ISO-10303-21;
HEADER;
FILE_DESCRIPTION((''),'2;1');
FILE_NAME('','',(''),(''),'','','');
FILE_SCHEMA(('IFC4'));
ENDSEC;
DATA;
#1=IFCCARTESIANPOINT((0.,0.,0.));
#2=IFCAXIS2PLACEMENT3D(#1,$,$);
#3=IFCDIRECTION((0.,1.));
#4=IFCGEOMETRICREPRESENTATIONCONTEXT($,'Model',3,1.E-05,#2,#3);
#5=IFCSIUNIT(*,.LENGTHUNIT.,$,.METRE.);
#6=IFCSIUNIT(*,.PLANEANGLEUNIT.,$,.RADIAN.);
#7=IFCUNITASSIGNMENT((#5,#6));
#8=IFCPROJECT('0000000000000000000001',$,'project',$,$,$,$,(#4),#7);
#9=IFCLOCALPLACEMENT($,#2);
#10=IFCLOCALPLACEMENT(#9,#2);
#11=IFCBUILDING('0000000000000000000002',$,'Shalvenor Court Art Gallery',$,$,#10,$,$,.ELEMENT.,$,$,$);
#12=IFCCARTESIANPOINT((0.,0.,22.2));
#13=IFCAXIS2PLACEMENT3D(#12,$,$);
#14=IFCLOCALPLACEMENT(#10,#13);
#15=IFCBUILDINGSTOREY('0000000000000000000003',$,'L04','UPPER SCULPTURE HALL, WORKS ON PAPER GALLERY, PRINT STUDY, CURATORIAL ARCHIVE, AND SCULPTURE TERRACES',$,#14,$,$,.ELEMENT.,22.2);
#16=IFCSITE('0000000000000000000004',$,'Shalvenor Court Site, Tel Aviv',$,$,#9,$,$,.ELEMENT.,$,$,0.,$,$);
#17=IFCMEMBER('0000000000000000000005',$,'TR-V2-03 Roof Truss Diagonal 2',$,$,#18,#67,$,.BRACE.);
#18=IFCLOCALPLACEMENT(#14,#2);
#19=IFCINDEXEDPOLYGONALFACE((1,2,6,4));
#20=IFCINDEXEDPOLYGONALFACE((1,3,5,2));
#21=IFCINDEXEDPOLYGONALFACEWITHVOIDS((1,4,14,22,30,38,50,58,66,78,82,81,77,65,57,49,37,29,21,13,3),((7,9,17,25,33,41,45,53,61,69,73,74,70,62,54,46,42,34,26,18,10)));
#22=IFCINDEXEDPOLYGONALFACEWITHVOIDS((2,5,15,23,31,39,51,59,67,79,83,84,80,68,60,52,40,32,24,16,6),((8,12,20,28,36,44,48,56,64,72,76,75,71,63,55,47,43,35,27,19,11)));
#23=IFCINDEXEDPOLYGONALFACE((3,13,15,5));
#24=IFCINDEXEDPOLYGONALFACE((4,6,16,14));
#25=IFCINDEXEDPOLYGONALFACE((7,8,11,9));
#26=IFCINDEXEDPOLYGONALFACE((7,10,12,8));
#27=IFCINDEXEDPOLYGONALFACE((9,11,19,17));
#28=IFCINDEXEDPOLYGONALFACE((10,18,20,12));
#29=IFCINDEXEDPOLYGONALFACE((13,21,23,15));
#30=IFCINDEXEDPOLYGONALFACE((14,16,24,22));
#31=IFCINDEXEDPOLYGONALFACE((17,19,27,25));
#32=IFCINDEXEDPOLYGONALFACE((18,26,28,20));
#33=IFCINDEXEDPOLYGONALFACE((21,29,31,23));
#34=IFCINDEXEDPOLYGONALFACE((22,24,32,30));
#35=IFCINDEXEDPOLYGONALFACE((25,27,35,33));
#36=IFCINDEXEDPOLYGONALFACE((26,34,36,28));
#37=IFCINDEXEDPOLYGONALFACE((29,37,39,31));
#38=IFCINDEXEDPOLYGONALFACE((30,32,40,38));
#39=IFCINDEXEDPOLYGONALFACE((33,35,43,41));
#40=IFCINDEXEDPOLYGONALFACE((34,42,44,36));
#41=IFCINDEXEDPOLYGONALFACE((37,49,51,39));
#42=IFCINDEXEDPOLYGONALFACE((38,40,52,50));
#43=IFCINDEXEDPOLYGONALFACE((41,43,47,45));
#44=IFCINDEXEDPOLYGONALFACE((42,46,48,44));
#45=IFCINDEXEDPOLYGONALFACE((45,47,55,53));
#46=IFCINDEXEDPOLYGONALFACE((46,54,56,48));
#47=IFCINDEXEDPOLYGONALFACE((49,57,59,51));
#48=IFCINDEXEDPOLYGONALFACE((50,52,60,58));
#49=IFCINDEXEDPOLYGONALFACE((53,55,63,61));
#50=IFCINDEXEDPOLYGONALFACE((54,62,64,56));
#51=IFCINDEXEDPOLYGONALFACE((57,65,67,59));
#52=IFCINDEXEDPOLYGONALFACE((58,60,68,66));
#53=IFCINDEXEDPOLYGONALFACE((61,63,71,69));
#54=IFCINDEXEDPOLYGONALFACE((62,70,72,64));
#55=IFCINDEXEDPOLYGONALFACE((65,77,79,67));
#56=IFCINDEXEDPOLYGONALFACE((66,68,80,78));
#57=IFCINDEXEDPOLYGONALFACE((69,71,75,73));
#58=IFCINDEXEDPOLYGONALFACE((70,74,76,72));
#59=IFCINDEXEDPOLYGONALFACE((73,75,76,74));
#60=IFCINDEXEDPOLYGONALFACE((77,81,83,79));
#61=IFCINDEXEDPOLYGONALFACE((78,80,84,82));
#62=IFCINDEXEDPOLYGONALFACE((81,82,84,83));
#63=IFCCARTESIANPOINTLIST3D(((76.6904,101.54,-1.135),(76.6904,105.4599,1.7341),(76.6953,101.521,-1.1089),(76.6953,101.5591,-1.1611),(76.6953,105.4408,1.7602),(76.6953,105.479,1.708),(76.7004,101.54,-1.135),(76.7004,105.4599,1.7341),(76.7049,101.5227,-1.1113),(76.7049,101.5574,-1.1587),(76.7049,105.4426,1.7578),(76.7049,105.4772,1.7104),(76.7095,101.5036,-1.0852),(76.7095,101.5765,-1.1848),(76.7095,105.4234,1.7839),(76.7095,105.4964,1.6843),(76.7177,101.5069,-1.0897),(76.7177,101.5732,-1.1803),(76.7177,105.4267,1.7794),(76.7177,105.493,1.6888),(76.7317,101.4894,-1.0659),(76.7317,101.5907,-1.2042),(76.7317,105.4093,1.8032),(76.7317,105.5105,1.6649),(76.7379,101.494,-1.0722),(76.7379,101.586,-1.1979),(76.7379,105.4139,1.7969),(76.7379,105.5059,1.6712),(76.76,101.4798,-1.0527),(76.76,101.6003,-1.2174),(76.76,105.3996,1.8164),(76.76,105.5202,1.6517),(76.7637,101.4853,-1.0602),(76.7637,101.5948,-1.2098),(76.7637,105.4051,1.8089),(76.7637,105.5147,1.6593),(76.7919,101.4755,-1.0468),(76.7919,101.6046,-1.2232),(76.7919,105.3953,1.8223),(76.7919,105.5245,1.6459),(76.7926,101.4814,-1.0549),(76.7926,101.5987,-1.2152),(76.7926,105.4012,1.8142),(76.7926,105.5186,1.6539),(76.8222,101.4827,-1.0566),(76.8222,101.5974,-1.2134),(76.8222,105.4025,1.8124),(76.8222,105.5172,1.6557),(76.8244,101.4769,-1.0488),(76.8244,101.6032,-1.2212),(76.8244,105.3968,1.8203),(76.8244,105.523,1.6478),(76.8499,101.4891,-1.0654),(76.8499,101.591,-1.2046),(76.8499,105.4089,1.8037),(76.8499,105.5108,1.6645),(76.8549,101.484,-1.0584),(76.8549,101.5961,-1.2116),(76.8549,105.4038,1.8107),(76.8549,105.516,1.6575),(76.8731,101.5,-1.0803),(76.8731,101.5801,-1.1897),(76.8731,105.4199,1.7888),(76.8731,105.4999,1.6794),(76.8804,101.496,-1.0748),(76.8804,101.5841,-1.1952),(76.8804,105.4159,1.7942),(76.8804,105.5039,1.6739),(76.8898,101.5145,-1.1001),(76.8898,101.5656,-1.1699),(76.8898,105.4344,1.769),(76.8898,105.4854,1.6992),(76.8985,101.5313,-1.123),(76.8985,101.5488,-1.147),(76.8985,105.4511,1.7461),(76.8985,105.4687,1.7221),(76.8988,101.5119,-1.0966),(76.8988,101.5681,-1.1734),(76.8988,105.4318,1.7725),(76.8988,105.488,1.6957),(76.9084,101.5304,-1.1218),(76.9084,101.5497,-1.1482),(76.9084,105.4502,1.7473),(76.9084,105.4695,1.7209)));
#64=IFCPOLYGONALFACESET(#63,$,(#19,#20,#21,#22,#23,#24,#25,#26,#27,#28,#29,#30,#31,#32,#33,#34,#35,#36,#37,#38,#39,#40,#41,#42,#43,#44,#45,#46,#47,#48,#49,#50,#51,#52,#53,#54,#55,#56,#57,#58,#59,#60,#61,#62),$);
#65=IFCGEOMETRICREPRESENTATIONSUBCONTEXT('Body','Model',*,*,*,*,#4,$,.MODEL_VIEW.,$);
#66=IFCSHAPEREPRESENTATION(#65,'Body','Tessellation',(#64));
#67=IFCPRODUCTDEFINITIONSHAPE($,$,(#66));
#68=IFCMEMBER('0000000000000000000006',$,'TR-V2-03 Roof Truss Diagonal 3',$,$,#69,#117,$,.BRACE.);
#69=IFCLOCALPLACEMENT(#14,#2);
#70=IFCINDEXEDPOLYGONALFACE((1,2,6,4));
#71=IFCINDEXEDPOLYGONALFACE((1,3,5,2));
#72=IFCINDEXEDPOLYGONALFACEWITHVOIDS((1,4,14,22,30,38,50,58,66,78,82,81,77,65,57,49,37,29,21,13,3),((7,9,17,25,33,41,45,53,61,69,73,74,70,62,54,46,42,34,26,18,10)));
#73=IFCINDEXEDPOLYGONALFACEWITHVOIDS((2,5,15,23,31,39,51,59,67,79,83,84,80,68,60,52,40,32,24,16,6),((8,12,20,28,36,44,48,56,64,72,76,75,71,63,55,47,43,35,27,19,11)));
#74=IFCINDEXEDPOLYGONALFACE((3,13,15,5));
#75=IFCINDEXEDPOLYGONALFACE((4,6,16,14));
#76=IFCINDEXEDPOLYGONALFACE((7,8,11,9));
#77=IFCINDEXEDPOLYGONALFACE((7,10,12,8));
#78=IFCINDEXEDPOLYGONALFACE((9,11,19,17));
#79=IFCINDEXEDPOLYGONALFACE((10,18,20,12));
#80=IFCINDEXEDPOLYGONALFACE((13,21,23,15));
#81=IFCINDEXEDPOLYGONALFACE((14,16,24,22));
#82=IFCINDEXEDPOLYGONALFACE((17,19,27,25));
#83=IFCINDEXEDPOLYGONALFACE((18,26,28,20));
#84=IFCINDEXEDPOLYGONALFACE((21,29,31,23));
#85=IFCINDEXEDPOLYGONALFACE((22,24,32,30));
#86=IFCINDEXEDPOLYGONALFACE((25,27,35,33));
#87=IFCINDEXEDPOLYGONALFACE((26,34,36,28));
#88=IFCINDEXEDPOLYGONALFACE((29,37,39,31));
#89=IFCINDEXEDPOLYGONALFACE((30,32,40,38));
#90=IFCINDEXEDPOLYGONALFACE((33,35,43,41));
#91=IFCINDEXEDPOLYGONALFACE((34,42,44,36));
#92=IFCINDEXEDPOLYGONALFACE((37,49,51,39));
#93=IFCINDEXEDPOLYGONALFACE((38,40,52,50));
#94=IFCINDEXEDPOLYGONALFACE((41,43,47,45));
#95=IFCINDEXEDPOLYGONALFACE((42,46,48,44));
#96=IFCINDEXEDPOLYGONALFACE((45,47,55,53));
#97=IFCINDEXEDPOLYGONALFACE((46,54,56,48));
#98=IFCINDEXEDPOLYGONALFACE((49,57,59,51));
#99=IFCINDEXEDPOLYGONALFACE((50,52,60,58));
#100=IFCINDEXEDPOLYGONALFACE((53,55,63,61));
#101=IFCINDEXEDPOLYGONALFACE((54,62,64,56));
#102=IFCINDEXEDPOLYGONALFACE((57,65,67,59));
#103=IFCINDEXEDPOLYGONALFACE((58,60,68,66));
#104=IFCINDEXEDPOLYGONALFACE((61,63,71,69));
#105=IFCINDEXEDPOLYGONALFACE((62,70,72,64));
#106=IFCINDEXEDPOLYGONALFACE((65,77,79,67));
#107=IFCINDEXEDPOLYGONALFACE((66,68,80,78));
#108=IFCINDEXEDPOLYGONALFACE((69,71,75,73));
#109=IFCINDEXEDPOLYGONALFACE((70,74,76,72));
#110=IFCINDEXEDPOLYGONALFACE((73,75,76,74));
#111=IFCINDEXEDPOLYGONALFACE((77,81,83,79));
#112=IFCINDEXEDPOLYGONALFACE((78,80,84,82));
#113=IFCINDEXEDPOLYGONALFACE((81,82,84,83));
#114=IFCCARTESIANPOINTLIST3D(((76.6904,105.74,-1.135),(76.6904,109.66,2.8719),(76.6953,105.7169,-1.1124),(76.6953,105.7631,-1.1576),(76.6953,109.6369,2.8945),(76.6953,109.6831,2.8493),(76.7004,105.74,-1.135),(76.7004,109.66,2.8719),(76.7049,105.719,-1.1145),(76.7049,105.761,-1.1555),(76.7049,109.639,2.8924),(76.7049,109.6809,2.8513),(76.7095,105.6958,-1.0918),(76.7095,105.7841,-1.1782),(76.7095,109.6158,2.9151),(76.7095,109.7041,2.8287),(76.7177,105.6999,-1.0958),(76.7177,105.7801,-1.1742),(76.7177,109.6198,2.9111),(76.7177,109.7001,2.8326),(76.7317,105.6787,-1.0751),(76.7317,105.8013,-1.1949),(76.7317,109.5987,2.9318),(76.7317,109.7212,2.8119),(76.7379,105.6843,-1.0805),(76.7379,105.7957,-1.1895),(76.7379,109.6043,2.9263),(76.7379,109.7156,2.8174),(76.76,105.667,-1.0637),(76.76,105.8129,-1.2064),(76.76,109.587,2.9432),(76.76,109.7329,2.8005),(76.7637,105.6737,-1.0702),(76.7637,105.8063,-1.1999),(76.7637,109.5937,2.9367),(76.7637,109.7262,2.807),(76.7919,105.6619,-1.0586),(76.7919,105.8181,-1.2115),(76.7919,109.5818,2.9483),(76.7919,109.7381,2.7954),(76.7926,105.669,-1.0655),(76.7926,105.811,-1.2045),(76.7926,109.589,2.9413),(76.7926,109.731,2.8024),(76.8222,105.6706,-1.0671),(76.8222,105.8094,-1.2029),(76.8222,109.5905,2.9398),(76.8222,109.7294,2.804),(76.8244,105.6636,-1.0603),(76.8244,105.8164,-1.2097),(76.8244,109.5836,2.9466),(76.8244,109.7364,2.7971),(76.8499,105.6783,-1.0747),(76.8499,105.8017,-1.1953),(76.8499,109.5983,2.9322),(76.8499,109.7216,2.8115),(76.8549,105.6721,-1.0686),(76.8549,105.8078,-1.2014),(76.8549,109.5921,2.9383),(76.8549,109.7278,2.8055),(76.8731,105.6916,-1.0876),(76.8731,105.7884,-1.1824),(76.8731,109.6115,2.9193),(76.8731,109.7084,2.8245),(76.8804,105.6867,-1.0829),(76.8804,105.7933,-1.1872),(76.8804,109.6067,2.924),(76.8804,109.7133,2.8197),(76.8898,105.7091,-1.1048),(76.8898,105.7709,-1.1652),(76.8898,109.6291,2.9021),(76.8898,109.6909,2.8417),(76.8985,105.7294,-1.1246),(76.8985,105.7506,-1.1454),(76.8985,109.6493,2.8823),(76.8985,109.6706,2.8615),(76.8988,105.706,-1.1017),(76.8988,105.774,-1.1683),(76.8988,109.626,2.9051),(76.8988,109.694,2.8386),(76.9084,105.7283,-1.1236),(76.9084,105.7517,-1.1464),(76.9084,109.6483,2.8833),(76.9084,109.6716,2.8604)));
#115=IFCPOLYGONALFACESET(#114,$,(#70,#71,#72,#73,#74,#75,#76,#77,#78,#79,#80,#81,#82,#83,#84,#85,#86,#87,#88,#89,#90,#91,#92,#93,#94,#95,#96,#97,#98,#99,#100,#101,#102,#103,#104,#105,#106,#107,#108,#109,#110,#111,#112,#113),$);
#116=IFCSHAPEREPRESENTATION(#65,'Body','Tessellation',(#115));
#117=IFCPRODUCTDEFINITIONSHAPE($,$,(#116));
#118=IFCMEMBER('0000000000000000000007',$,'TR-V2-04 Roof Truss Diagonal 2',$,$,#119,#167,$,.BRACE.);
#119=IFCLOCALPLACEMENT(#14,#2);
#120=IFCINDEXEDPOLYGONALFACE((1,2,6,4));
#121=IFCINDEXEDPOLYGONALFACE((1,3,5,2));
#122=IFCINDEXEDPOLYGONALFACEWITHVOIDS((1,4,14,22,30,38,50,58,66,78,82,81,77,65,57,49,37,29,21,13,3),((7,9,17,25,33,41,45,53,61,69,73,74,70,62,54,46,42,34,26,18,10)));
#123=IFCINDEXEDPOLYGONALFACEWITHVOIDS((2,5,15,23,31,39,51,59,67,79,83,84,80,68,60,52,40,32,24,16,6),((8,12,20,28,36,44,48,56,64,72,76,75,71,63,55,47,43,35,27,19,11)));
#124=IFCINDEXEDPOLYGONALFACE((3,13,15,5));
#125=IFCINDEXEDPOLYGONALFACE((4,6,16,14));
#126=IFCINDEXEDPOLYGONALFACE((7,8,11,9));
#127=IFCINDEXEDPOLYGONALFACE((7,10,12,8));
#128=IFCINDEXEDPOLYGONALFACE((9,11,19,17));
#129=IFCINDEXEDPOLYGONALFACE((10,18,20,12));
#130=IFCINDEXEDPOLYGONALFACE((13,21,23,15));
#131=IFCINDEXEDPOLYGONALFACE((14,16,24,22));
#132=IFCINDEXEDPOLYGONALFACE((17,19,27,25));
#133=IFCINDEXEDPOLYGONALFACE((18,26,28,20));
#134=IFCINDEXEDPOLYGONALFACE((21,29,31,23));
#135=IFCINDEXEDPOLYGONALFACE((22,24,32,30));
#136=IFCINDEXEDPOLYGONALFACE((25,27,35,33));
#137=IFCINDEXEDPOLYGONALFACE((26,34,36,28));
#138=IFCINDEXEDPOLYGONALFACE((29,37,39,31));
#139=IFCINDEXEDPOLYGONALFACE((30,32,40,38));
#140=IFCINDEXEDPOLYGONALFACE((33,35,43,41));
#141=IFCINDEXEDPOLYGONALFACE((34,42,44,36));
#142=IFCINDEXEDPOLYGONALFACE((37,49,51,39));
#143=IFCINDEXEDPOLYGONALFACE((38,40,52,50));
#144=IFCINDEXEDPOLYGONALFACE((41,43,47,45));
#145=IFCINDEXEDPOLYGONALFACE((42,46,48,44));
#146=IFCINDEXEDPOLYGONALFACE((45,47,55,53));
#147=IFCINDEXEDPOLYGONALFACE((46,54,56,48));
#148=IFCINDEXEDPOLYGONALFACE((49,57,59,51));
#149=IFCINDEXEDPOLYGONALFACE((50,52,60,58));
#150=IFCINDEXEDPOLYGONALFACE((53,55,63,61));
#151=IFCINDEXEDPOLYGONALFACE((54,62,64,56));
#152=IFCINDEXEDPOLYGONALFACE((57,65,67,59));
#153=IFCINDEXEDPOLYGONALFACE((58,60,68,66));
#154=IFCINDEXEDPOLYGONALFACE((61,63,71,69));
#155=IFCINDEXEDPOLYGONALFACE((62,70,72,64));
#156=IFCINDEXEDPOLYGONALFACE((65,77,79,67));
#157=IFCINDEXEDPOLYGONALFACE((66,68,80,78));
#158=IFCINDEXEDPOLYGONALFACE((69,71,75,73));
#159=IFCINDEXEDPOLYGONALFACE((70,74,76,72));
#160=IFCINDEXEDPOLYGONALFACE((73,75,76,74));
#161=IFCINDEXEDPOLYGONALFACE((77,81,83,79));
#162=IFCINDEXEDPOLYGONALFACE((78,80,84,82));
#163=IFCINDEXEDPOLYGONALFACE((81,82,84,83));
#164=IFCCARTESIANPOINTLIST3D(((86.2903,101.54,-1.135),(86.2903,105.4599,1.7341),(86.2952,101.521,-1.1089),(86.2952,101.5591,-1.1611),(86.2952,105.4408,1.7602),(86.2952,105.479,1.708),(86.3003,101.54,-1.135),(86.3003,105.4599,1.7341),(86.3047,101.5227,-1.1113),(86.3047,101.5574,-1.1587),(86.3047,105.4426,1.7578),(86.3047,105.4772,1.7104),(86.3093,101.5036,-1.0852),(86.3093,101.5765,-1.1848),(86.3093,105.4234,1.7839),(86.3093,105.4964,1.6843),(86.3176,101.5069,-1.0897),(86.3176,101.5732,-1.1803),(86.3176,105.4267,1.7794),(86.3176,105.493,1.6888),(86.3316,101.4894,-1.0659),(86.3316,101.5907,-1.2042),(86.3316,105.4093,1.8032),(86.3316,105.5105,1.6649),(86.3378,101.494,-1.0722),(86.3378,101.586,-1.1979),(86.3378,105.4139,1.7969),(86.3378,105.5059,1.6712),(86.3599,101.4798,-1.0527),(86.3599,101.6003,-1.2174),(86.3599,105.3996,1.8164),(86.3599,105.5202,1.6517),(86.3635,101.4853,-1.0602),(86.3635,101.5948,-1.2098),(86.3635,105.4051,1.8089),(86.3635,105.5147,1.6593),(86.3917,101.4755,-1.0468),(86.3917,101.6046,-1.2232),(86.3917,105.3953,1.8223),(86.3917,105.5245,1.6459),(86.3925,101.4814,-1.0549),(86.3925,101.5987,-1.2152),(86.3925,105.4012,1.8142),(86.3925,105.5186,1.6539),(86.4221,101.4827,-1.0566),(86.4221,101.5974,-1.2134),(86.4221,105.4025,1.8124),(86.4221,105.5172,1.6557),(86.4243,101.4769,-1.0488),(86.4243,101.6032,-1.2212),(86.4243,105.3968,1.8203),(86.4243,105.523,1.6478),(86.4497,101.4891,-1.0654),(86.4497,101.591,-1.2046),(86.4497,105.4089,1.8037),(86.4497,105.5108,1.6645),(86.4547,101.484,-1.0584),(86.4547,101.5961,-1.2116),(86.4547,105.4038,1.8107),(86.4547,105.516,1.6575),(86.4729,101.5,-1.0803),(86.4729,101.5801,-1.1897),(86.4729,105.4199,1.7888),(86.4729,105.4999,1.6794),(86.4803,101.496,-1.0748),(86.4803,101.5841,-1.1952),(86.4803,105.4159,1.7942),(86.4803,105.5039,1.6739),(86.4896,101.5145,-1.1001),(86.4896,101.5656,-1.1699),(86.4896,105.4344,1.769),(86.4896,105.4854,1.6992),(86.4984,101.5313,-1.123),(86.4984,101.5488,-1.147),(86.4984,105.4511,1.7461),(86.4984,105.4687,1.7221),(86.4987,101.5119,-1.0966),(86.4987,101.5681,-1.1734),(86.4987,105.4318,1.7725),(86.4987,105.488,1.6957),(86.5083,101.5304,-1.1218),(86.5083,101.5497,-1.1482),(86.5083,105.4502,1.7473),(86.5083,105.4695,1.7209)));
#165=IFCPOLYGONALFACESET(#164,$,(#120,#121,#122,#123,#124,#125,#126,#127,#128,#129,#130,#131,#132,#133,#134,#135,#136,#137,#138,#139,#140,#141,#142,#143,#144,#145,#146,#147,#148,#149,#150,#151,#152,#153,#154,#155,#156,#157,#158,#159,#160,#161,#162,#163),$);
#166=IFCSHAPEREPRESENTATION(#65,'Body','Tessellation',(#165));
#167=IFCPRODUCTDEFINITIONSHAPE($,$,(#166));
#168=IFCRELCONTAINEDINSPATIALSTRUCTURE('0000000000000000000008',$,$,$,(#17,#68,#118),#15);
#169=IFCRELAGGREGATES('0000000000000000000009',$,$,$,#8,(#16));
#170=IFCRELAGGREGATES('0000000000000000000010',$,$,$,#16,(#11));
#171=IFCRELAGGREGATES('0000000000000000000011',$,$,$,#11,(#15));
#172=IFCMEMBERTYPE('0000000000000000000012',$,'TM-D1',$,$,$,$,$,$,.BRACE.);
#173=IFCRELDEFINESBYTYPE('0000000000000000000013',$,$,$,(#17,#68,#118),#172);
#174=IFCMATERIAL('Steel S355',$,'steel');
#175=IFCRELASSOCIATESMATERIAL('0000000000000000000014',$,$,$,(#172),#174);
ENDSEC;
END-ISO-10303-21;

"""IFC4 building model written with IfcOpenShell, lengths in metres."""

from ifc_helpers import new_model, si_unit, direction, frame, origin, origin_2d, place, context, subcontext, project, spatial, hollow_circle, extrude, material, material_profile, profile_set, type_object, element, save


model = new_model("IFC4")

# Units and contexts
model_context = context("Model", 3, precision=1e-05, world=origin(), true_north=direction((0.0, 1.0)))
body_context = subcontext(model_context, "Body", "Model", "MODEL_VIEW")
ifc_project = project(units=[si_unit("LENGTHUNIT", "METRE"), si_unit("PLANEANGLEUNIT", "RADIAN")], contexts=[model_context])

# Site, building, storey
site_placement = place(None, origin())
site = spatial("IfcSite", under=ifc_project, at=site_placement, Name="Shalvenor Court Site, Tel Aviv", CompositionType="ELEMENT", RefElevation=0.0)
building_placement = place(site_placement, origin())
building = spatial("IfcBuilding", under=site, at=building_placement, Name="Shalvenor Court Art Gallery", CompositionType="ELEMENT")
storey_placement = place(building_placement, frame((0.0, 0.0, 22.2)))
storey = spatial("IfcBuildingStorey", under=building, at=storey_placement, Name="L04", Description="UPPER SCULPTURE HALL, WORKS ON PAPER GALLERY, PRINT STUDY, CURATORIAL ARCHIVE, AND SCULPTURE TERRACES", CompositionType="ELEMENT", Elevation=22.2)

# Members
ifc_material_1 = material(Name="Steel S355", Category="steel")
ifc_material_profile_1 = material_profile(ifc_material_1, hollow_circle(Radius=0.1096, WallThickness=0.01, at=origin_2d()), Name="CHS 219.1x10.0")
ifc_profile_set_1 = profile_set([ifc_material_profile_1], Name="Steel S355")
member_type_1 = type_object("IfcMemberType", Name="TM-D1", PredefinedType="BRACE", material=ifc_profile_set_1)
member_1_placement = place(storey_placement, frame((76.8, 101.54, -1.135), z_axis=(0.0, 0.806942, 0.590631), x_axis=(-1.0, 0.0, 0.0)))
element("IfcMember", 1, at=member_1_placement, inside=storey, type_object=member_type_1, Name="TR-V2-03 Roof Truss Diagonal 2", PredefinedType="BRACE", context=body_context, shape_type="SweptSolid", body=[
    extrude(hollow_circle(Radius=0.1096, WallThickness=0.01, at=origin_2d()), origin(), (0.0, 0.0, 1.0), 4.8577),
])
member_2_placement = place(storey_placement, frame((76.8, 105.74, -1.135), z_axis=(0.0, 0.699312, 0.714817), x_axis=(-1.0, 0.0, 0.0)))
element("IfcMember", 2, at=member_2_placement, inside=storey, type_object=member_type_1, Name="TR-V2-03 Roof Truss Diagonal 3", PredefinedType="BRACE", context=body_context, shape_type="SweptSolid", body=[
    extrude(hollow_circle(Radius=0.1096, WallThickness=0.01, at=origin_2d()), origin(), (0.0, 0.0, 1.0), 5.6055),
])
member_3_placement = place(storey_placement, frame((86.3999, 101.54, -1.135), z_axis=(0.0, 0.806942, 0.590631), x_axis=(-1.0, 0.0, 0.0)))
element("IfcMember", 3, at=member_3_placement, inside=storey, type_object=member_type_1, Name="TR-V2-04 Roof Truss Diagonal 2", PredefinedType="BRACE", context=body_context, shape_type="SweptSolid", body=[
    extrude(hollow_circle(Radius=0.1096, WallThickness=0.01, at=origin_2d()), origin(), (0.0, 0.0, 1.0), 4.8577),
])

save(model, "model.ifc")
